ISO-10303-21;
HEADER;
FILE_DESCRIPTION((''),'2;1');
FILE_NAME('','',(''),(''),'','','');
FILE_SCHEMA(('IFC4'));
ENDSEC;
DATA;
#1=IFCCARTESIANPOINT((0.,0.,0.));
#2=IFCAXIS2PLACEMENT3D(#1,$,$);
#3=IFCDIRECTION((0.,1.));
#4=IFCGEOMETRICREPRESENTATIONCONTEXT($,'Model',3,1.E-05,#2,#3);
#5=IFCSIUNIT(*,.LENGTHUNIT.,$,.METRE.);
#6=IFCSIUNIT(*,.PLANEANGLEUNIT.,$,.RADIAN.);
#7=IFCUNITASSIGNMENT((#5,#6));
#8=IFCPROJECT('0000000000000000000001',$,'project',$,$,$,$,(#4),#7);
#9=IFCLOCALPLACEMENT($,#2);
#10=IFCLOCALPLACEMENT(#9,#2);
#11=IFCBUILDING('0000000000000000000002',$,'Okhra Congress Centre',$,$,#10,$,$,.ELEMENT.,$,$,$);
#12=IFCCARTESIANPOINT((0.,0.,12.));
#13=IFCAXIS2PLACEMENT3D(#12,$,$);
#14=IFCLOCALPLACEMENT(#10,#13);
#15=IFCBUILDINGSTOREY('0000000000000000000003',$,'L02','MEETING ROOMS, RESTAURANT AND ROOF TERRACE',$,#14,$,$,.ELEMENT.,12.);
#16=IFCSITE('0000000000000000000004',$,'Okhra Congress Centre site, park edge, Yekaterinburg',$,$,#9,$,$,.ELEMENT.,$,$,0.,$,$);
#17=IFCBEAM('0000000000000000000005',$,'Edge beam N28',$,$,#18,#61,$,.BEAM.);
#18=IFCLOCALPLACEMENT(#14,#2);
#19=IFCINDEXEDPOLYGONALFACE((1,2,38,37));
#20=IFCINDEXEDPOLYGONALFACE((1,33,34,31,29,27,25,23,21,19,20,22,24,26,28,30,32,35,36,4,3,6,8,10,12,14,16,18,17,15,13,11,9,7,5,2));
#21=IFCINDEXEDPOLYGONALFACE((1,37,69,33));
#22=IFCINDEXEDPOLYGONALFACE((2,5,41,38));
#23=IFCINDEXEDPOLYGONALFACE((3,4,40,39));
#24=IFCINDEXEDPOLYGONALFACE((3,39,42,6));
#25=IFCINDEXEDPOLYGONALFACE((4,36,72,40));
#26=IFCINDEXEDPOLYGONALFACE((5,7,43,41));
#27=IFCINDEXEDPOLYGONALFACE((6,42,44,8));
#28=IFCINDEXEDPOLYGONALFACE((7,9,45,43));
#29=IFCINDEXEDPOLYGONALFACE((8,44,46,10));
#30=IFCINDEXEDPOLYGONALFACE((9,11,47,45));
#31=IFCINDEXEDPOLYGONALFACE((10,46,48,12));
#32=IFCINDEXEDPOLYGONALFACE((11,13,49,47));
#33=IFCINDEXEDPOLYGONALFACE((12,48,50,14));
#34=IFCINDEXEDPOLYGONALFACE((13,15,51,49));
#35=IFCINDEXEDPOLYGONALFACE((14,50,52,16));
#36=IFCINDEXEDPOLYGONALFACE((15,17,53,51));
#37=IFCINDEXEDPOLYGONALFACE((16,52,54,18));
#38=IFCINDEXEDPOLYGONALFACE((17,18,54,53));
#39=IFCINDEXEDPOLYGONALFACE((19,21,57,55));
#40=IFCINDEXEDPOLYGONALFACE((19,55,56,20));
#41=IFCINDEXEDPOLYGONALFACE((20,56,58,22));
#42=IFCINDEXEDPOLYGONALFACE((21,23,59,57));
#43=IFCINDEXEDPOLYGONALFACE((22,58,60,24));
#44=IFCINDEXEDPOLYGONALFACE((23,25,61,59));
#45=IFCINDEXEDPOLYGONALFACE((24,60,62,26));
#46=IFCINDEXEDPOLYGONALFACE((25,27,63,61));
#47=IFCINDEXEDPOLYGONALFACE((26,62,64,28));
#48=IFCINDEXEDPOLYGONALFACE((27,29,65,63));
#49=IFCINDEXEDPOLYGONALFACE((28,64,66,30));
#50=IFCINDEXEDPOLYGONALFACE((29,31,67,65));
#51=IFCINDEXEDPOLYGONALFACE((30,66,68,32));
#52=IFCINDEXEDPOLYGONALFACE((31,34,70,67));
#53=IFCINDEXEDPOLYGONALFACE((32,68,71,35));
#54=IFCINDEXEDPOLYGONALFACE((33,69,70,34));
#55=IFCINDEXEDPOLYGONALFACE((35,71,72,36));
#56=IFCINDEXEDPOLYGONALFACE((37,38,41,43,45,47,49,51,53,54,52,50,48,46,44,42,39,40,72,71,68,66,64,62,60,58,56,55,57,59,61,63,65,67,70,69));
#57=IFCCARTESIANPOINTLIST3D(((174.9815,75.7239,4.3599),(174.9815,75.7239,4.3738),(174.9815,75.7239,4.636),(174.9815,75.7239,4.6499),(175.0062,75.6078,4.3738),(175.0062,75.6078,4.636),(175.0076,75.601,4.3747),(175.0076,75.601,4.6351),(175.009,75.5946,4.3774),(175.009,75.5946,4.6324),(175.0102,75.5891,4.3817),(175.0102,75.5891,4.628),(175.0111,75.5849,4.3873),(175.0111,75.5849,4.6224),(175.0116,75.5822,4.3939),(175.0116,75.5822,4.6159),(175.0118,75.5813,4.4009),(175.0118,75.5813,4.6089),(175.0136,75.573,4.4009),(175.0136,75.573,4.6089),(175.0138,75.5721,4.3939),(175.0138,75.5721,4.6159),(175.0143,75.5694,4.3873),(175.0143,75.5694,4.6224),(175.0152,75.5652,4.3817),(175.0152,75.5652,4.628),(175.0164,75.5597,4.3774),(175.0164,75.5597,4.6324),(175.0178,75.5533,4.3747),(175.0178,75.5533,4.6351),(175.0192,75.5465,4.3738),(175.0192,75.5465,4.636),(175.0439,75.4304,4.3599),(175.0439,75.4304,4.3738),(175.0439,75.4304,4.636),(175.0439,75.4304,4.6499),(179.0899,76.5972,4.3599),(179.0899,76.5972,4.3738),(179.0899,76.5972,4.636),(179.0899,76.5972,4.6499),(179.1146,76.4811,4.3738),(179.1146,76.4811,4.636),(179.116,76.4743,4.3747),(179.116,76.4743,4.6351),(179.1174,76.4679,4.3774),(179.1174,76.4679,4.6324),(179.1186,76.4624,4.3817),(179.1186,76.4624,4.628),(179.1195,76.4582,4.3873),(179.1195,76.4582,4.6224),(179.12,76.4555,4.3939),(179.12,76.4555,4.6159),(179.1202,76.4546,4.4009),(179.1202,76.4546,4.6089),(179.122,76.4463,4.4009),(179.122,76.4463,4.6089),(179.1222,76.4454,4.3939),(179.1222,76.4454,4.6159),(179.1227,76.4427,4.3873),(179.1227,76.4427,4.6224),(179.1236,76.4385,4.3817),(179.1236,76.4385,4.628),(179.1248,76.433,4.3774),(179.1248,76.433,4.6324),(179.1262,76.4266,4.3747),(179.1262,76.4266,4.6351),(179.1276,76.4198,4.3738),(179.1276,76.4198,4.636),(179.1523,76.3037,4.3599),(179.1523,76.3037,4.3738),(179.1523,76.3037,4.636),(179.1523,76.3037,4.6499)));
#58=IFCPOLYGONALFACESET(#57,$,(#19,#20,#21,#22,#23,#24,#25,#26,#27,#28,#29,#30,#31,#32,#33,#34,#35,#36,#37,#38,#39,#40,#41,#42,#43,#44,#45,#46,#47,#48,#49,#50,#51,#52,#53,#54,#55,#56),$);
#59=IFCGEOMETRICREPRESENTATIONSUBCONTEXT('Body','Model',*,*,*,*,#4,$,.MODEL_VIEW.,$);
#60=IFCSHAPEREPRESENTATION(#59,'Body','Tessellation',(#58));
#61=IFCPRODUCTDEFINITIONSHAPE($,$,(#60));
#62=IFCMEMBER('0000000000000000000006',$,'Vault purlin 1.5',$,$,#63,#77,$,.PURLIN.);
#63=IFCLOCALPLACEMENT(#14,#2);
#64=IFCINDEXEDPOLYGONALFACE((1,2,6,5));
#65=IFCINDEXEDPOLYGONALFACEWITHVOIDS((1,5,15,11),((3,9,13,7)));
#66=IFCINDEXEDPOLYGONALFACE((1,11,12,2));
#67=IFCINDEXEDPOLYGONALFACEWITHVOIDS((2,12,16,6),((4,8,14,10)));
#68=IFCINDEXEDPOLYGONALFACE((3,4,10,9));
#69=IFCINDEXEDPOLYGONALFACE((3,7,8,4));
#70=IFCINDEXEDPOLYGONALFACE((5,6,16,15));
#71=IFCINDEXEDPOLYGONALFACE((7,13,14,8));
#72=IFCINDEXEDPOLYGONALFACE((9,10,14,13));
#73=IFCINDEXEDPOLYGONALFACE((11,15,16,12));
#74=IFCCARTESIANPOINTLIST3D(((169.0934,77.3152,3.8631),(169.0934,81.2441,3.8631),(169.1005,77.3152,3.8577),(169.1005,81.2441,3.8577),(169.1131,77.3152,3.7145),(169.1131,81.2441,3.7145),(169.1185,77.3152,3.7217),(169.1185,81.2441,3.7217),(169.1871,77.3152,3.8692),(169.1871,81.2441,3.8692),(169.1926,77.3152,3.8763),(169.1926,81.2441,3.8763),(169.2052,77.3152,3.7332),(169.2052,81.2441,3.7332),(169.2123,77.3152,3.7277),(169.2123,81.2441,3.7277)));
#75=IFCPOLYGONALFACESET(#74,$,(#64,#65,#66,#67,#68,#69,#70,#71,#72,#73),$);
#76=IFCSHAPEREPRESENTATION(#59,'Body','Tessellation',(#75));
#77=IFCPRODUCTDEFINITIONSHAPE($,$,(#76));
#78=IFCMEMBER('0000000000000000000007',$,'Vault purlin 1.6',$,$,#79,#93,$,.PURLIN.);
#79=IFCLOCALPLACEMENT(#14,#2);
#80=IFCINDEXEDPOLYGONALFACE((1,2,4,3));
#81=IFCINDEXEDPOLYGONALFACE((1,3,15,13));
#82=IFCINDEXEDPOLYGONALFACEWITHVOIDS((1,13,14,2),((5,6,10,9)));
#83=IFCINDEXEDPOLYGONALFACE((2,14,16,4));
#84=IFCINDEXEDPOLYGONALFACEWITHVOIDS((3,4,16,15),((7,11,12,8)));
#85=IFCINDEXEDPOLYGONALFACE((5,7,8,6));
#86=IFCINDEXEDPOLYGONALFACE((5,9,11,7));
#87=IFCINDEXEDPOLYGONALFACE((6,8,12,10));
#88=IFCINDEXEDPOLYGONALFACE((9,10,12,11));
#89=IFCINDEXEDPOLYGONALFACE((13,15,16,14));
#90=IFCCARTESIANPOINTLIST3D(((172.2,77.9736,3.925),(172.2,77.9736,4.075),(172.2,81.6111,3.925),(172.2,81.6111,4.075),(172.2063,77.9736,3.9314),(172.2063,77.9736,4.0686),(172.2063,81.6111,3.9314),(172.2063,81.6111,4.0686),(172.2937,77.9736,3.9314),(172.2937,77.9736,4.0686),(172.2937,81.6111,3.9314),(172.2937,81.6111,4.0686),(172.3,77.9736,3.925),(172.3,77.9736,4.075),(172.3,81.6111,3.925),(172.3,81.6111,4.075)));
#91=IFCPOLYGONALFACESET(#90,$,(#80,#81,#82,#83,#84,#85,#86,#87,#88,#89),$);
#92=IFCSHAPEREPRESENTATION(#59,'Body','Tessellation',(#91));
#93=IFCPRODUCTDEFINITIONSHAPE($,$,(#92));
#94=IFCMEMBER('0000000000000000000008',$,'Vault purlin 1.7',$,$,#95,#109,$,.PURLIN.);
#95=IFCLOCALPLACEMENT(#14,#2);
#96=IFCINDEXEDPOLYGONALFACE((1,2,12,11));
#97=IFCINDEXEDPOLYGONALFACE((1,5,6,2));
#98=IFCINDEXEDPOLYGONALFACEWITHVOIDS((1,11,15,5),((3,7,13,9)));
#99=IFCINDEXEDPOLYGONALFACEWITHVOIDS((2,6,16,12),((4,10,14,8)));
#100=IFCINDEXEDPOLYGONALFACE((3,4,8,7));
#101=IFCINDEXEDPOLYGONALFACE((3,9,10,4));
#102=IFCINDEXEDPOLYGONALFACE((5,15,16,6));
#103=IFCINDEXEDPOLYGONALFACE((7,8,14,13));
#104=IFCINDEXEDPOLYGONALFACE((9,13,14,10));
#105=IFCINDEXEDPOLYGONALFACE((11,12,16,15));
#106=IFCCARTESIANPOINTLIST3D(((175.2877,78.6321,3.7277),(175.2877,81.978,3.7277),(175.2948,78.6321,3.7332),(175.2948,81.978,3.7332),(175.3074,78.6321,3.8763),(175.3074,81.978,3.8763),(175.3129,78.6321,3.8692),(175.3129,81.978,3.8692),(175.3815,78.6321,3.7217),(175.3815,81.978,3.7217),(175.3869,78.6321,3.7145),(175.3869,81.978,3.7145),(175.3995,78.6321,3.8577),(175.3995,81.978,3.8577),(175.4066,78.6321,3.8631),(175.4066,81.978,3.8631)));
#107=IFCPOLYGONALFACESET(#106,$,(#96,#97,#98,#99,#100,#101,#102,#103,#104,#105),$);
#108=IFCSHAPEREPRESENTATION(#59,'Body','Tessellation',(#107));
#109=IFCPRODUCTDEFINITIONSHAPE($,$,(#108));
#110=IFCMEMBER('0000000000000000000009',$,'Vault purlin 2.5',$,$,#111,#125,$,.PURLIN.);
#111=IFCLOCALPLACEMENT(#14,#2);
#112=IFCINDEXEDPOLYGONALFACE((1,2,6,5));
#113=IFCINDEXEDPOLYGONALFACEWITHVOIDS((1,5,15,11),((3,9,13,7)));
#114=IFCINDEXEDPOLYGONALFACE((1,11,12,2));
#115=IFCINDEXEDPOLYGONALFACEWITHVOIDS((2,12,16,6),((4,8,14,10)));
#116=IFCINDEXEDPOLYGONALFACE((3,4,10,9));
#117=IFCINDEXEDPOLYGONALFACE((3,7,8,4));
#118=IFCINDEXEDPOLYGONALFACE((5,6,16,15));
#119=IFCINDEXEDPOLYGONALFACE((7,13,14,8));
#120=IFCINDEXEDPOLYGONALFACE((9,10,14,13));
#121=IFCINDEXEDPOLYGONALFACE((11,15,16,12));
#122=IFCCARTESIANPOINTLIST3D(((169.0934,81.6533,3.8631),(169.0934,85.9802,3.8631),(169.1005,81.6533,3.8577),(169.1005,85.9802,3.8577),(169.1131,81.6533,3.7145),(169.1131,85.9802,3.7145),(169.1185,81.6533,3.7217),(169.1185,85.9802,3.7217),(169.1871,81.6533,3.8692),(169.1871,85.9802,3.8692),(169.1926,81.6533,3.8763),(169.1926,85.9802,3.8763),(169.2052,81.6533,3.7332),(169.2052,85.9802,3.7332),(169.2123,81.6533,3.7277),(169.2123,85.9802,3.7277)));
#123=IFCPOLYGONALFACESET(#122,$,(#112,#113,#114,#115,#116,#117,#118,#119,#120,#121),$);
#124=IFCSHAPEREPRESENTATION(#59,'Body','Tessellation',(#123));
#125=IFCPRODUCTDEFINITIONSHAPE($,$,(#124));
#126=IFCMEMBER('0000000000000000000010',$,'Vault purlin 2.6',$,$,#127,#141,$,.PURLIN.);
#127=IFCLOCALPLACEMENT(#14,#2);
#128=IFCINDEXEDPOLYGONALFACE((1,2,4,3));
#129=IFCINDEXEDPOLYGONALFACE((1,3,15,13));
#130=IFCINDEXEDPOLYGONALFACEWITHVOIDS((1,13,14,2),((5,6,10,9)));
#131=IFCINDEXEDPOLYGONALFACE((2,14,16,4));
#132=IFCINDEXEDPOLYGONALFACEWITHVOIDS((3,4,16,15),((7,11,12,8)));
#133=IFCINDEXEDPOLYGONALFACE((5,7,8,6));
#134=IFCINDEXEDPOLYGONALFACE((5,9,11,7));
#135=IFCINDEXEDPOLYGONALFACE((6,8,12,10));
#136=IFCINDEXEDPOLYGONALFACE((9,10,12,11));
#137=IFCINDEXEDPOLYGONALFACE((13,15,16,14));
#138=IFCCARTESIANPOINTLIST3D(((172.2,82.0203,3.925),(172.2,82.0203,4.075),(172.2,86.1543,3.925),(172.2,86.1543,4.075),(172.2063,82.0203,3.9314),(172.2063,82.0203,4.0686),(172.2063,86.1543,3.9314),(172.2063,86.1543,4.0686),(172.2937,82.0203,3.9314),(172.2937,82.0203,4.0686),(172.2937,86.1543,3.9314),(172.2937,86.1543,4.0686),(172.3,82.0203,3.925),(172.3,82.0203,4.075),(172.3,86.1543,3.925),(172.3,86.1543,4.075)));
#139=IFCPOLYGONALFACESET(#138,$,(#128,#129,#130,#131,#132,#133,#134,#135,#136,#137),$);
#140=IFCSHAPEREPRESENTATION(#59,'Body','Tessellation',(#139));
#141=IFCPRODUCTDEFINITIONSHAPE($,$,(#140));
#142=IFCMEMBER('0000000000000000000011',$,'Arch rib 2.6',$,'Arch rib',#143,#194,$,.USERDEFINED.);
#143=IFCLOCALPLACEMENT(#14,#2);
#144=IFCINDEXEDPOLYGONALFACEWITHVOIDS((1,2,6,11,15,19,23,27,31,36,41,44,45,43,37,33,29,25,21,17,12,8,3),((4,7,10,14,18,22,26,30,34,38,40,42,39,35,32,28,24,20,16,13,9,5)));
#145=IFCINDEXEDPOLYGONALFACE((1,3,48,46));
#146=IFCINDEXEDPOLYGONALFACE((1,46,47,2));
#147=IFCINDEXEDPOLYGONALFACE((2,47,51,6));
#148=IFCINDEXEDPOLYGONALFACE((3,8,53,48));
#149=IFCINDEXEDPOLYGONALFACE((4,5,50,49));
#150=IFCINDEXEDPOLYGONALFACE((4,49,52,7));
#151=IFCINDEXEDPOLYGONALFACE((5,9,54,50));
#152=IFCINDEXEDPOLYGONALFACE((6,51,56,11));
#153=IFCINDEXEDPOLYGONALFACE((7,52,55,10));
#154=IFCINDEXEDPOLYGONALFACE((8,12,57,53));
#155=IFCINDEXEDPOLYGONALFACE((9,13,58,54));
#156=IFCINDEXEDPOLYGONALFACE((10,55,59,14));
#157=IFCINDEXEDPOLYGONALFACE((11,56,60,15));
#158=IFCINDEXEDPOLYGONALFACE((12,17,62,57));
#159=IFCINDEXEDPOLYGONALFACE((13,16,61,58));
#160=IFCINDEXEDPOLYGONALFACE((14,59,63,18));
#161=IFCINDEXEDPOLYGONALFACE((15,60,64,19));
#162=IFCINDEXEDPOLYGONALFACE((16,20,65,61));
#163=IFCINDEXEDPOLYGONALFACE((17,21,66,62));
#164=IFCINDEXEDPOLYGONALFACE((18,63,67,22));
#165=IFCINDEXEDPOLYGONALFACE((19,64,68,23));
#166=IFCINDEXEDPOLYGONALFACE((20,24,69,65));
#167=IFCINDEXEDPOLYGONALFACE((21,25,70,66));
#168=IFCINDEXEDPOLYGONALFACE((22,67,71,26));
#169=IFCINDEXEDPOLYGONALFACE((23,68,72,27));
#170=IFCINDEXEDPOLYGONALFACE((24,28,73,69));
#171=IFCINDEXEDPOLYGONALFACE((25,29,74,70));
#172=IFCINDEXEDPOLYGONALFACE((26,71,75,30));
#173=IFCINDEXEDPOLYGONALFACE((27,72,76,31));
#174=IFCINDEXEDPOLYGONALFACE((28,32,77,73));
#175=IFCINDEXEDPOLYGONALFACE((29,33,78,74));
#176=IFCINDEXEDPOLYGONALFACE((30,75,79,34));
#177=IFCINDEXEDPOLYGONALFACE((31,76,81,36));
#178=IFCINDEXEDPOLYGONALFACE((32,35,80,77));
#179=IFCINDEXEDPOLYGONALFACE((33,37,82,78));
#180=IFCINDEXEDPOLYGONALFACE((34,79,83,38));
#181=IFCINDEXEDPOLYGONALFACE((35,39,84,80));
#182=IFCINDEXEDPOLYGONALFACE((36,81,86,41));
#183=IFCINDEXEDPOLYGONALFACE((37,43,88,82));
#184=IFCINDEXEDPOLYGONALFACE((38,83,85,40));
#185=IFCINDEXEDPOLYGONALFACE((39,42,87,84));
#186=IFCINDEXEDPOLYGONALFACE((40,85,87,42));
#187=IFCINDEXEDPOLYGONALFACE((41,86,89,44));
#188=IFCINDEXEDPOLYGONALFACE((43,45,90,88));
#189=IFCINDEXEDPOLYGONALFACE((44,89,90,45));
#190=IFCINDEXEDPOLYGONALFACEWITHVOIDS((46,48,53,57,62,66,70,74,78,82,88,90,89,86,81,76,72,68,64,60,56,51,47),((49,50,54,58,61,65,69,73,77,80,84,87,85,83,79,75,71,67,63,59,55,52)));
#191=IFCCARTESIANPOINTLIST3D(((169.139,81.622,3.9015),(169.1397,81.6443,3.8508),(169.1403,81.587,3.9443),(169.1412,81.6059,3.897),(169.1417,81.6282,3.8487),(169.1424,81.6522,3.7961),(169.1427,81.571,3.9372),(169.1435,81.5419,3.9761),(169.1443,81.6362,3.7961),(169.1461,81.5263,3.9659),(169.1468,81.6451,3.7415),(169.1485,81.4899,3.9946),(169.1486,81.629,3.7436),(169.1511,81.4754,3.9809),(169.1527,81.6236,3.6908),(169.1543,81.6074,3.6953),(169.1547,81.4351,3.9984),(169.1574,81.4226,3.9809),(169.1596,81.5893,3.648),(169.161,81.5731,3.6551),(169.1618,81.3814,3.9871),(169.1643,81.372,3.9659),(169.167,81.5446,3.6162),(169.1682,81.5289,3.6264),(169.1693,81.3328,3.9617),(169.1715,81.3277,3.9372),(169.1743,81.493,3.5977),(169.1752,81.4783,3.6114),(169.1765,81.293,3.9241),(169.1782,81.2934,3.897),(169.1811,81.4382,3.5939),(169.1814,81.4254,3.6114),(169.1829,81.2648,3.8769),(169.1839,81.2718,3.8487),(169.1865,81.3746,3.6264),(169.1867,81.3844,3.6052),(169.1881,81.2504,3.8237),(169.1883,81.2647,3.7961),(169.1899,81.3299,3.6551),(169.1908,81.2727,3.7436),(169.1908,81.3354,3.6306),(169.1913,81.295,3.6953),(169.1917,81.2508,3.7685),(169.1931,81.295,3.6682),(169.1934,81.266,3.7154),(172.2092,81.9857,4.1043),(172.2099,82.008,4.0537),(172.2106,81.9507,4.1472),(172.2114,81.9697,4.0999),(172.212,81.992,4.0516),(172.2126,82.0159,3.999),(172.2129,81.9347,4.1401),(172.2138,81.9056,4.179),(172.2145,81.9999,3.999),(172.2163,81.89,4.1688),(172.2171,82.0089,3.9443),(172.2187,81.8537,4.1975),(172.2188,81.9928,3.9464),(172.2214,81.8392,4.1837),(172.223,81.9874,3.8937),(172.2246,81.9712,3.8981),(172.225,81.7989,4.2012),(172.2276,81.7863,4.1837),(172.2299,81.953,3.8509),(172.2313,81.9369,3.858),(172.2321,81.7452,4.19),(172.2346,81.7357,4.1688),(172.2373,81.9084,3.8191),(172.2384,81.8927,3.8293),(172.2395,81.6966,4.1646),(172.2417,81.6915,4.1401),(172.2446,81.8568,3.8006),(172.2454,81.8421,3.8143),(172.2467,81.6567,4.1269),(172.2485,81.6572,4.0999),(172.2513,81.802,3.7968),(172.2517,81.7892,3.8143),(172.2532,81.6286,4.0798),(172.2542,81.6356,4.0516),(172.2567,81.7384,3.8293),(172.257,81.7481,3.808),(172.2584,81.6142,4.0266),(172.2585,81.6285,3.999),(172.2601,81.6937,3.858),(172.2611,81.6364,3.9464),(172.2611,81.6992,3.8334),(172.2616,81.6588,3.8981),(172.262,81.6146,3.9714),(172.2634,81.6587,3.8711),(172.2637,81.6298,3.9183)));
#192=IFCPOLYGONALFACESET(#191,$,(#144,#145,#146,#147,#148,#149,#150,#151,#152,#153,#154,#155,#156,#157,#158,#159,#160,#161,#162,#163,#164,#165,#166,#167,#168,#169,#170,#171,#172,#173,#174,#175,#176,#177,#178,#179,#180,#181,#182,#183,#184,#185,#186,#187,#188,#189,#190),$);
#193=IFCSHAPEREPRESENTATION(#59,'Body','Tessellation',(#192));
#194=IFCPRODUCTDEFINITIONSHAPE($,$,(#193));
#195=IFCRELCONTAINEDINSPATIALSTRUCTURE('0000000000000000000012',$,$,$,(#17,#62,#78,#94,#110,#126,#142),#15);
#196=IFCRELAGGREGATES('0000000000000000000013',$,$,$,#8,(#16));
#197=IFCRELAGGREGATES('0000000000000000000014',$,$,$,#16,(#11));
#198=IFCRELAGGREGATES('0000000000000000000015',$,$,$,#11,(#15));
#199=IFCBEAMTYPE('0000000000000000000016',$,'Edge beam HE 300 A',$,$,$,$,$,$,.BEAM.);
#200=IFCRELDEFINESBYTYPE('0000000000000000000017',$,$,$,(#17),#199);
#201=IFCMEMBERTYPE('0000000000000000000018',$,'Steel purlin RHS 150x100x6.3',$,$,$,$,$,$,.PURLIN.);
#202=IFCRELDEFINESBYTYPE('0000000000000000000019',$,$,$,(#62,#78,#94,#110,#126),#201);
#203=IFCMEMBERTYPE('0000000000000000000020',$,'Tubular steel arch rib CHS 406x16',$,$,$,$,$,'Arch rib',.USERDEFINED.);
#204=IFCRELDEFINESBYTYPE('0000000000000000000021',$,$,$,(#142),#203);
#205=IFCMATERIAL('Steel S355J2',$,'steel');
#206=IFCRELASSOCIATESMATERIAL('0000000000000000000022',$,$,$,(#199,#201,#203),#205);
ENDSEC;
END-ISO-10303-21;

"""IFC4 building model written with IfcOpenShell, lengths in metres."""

from ifc_helpers import new_model, si_unit, direction, frame, origin, origin_2d, place, context, subcontext, project, spatial, hollow_rectangle, hollow_circle, i_section, extrude, material, material_profile, profile_set, type_object, element, save


model = new_model("IFC4")

# Units and contexts
model_context = context("Model", 3, precision=1e-05, world=origin(), true_north=direction((0.0, 1.0)))
body_context = subcontext(model_context, "Body", "Model", "MODEL_VIEW")
ifc_project = project(units=[si_unit("LENGTHUNIT", "METRE"), si_unit("PLANEANGLEUNIT", "RADIAN")], contexts=[model_context])

# Site, building, storey
site_placement = place(None, origin())
site = spatial("IfcSite", under=ifc_project, at=site_placement, Name="Okhra Congress Centre site, park edge, Yekaterinburg", CompositionType="ELEMENT", RefElevation=0.0)
building_placement = place(site_placement, origin())
building = spatial("IfcBuilding", under=site, at=building_placement, Name="Okhra Congress Centre", CompositionType="ELEMENT")
storey_placement = place(building_placement, frame((0.0, 0.0, 12.0)))
storey = spatial("IfcBuildingStorey", under=building, at=storey_placement, Name="L02", Description="MEETING ROOMS, RESTAURANT AND ROOF TERRACE", CompositionType="ELEMENT", Elevation=12.0)

# Shared definitions
ifc_material_1 = material(Name="Steel S355J2", Category="steel")

# Beam
ifc_material_profile_1 = material_profile(ifc_material_1, i_section(OverallWidth=0.3, OverallDepth=0.29, WebThickness=0.0085, FlangeThickness=0.0139, FilletRadius=0.0271, at=origin_2d()), Name="HE 300 A")
ifc_profile_set_1 = profile_set([ifc_material_profile_1], Name="Steel S355J2")
beam_type = type_object("IfcBeamType", Name="Edge beam HE 300 A", PredefinedType="BEAM", material=ifc_profile_set_1)
beam_placement = place(storey_placement, frame((175.0127, 75.5771, 4.5049), z_axis=(0.978146, 0.207917, 0.0), x_axis=(-0.207917, 0.978146, 0.0)))
element("IfcBeam", 1, at=beam_placement, inside=storey, type_object=beam_type, Name="Edge beam N28", PredefinedType="BEAM", context=body_context, shape_type="SweptSolid", body=[
    extrude(i_section(OverallWidth=0.3, OverallDepth=0.29, WebThickness=0.0085, FlangeThickness=0.0139, FilletRadius=0.0271, at=origin_2d()), origin(), (0.0, 0.0, 1.0), 4.2002),
])

# Members
ifc_material_profile_2 = material_profile(ifc_material_1, hollow_rectangle(XDim=0.1001, YDim=0.1499, WallThickness=0.0063, at=origin_2d()), Name="RHS 150x100x6.3")
ifc_profile_set_2 = profile_set([ifc_material_profile_2], Name="Steel S355J2")
member_type_1 = type_object("IfcMemberType", Name="Steel purlin RHS 150x100x6.3", PredefinedType="PURLIN", material=ifc_profile_set_2)
member_1_placement = place(storey_placement, frame((169.1528, 77.3152, 3.7954), z_axis=(0.0, 1.0, 0.0), x_axis=(-0.991307, 0.0, -0.131568)))
element("IfcMember", 2, at=member_1_placement, inside=storey, type_object=member_type_1, Name="Vault purlin 1.5", PredefinedType="PURLIN", context=body_context, shape_type="SweptSolid", body=[
    extrude(hollow_rectangle(XDim=0.1001, YDim=0.1499, WallThickness=0.0063, at=origin_2d()), origin(), (0.0, 0.0, 1.0), 3.929),
])
member_2_placement = place(storey_placement, frame((172.25, 77.9736, 4.0), z_axis=(0.0, 1.0, 0.0), x_axis=(-1.0, 0.0, 0.0)))
element("IfcMember", 3, at=member_2_placement, inside=storey, type_object=member_type_1, Name="Vault purlin 1.6", PredefinedType="PURLIN", context=body_context, shape_type="SweptSolid", body=[
    extrude(hollow_rectangle(XDim=0.1001, YDim=0.1499, WallThickness=0.0063, at=origin_2d()), origin(), (0.0, 0.0, 1.0), 3.6375),
])
member_3_placement = place(storey_placement, frame((175.3472, 78.6321, 3.7954), z_axis=(0.0, 1.0, 0.0), x_axis=(-0.991307, 0.0, 0.131568)))
element("IfcMember", 4, at=member_3_placement, inside=storey, type_object=member_type_1, Name="Vault purlin 1.7", PredefinedType="PURLIN", context=body_context, shape_type="SweptSolid", body=[
    extrude(hollow_rectangle(XDim=0.1001, YDim=0.1499, WallThickness=0.0063, at=origin_2d()), origin(), (0.0, 0.0, 1.0), 3.3459),
])
member_4_placement = place(storey_placement, frame((169.1528, 81.6533, 3.7954), z_axis=(0.0, 1.0, 0.0), x_axis=(-0.991307, 0.0, -0.131568)))
element("IfcMember", 5, at=member_4_placement, inside=storey, type_object=member_type_1, Name="Vault purlin 2.5", PredefinedType="PURLIN", context=body_context, shape_type="SweptSolid", body=[
    extrude(hollow_rectangle(XDim=0.1001, YDim=0.1499, WallThickness=0.0063, at=origin_2d()), origin(), (0.0, 0.0, 1.0), 4.3269),
])
member_5_placement = place(storey_placement, frame((172.25, 82.0203, 4.0), z_axis=(0.0, 1.0, 0.0), x_axis=(-1.0, 0.0, 0.0)))
element("IfcMember", 6, at=member_5_placement, inside=storey, type_object=member_type_1, Name="Vault purlin 2.6", PredefinedType="PURLIN", context=body_context, shape_type="SweptSolid", body=[
    extrude(hollow_rectangle(XDim=0.1001, YDim=0.1499, WallThickness=0.0063, at=origin_2d()), origin(), (0.0, 0.0, 1.0), 4.134),
])
ifc_material_profile_3 = material_profile(ifc_material_1, hollow_circle(Radius=0.2031, WallThickness=0.0161, at=origin_2d()), Name="CHS 406.4x16")
ifc_profile_set_3 = profile_set([ifc_material_profile_3], Name="Steel S355J2")
member_type_2 = type_object("IfcMemberType", Name="Tubular steel arch rib CHS 406x16", ElementType="Arch rib", PredefinedType="USERDEFINED", material=ifc_profile_set_3)
for number, where, z_axis, x_axis, name in (
    (7, (169.1663, 81.4504, 3.7961), (0.990923, 0.117404, 0.065478), (-0.117657, 0.993054, 0.0), "Arch rib 2.6"),
):
    element("IfcMember", number, at=place(storey_placement, frame(where, z_axis=z_axis, x_axis=x_axis)), inside=storey, type_object=member_type_2, Name=name, ObjectType="Arch rib", PredefinedType="USERDEFINED", context=body_context, shape_type="SweptSolid", body=[
        extrude(hollow_circle(Radius=0.2031, WallThickness=0.0161, at=origin_2d()), origin(), (0.0, 0.0, 1.0), 3.0984),
    ])

save(model, "model.ifc")
